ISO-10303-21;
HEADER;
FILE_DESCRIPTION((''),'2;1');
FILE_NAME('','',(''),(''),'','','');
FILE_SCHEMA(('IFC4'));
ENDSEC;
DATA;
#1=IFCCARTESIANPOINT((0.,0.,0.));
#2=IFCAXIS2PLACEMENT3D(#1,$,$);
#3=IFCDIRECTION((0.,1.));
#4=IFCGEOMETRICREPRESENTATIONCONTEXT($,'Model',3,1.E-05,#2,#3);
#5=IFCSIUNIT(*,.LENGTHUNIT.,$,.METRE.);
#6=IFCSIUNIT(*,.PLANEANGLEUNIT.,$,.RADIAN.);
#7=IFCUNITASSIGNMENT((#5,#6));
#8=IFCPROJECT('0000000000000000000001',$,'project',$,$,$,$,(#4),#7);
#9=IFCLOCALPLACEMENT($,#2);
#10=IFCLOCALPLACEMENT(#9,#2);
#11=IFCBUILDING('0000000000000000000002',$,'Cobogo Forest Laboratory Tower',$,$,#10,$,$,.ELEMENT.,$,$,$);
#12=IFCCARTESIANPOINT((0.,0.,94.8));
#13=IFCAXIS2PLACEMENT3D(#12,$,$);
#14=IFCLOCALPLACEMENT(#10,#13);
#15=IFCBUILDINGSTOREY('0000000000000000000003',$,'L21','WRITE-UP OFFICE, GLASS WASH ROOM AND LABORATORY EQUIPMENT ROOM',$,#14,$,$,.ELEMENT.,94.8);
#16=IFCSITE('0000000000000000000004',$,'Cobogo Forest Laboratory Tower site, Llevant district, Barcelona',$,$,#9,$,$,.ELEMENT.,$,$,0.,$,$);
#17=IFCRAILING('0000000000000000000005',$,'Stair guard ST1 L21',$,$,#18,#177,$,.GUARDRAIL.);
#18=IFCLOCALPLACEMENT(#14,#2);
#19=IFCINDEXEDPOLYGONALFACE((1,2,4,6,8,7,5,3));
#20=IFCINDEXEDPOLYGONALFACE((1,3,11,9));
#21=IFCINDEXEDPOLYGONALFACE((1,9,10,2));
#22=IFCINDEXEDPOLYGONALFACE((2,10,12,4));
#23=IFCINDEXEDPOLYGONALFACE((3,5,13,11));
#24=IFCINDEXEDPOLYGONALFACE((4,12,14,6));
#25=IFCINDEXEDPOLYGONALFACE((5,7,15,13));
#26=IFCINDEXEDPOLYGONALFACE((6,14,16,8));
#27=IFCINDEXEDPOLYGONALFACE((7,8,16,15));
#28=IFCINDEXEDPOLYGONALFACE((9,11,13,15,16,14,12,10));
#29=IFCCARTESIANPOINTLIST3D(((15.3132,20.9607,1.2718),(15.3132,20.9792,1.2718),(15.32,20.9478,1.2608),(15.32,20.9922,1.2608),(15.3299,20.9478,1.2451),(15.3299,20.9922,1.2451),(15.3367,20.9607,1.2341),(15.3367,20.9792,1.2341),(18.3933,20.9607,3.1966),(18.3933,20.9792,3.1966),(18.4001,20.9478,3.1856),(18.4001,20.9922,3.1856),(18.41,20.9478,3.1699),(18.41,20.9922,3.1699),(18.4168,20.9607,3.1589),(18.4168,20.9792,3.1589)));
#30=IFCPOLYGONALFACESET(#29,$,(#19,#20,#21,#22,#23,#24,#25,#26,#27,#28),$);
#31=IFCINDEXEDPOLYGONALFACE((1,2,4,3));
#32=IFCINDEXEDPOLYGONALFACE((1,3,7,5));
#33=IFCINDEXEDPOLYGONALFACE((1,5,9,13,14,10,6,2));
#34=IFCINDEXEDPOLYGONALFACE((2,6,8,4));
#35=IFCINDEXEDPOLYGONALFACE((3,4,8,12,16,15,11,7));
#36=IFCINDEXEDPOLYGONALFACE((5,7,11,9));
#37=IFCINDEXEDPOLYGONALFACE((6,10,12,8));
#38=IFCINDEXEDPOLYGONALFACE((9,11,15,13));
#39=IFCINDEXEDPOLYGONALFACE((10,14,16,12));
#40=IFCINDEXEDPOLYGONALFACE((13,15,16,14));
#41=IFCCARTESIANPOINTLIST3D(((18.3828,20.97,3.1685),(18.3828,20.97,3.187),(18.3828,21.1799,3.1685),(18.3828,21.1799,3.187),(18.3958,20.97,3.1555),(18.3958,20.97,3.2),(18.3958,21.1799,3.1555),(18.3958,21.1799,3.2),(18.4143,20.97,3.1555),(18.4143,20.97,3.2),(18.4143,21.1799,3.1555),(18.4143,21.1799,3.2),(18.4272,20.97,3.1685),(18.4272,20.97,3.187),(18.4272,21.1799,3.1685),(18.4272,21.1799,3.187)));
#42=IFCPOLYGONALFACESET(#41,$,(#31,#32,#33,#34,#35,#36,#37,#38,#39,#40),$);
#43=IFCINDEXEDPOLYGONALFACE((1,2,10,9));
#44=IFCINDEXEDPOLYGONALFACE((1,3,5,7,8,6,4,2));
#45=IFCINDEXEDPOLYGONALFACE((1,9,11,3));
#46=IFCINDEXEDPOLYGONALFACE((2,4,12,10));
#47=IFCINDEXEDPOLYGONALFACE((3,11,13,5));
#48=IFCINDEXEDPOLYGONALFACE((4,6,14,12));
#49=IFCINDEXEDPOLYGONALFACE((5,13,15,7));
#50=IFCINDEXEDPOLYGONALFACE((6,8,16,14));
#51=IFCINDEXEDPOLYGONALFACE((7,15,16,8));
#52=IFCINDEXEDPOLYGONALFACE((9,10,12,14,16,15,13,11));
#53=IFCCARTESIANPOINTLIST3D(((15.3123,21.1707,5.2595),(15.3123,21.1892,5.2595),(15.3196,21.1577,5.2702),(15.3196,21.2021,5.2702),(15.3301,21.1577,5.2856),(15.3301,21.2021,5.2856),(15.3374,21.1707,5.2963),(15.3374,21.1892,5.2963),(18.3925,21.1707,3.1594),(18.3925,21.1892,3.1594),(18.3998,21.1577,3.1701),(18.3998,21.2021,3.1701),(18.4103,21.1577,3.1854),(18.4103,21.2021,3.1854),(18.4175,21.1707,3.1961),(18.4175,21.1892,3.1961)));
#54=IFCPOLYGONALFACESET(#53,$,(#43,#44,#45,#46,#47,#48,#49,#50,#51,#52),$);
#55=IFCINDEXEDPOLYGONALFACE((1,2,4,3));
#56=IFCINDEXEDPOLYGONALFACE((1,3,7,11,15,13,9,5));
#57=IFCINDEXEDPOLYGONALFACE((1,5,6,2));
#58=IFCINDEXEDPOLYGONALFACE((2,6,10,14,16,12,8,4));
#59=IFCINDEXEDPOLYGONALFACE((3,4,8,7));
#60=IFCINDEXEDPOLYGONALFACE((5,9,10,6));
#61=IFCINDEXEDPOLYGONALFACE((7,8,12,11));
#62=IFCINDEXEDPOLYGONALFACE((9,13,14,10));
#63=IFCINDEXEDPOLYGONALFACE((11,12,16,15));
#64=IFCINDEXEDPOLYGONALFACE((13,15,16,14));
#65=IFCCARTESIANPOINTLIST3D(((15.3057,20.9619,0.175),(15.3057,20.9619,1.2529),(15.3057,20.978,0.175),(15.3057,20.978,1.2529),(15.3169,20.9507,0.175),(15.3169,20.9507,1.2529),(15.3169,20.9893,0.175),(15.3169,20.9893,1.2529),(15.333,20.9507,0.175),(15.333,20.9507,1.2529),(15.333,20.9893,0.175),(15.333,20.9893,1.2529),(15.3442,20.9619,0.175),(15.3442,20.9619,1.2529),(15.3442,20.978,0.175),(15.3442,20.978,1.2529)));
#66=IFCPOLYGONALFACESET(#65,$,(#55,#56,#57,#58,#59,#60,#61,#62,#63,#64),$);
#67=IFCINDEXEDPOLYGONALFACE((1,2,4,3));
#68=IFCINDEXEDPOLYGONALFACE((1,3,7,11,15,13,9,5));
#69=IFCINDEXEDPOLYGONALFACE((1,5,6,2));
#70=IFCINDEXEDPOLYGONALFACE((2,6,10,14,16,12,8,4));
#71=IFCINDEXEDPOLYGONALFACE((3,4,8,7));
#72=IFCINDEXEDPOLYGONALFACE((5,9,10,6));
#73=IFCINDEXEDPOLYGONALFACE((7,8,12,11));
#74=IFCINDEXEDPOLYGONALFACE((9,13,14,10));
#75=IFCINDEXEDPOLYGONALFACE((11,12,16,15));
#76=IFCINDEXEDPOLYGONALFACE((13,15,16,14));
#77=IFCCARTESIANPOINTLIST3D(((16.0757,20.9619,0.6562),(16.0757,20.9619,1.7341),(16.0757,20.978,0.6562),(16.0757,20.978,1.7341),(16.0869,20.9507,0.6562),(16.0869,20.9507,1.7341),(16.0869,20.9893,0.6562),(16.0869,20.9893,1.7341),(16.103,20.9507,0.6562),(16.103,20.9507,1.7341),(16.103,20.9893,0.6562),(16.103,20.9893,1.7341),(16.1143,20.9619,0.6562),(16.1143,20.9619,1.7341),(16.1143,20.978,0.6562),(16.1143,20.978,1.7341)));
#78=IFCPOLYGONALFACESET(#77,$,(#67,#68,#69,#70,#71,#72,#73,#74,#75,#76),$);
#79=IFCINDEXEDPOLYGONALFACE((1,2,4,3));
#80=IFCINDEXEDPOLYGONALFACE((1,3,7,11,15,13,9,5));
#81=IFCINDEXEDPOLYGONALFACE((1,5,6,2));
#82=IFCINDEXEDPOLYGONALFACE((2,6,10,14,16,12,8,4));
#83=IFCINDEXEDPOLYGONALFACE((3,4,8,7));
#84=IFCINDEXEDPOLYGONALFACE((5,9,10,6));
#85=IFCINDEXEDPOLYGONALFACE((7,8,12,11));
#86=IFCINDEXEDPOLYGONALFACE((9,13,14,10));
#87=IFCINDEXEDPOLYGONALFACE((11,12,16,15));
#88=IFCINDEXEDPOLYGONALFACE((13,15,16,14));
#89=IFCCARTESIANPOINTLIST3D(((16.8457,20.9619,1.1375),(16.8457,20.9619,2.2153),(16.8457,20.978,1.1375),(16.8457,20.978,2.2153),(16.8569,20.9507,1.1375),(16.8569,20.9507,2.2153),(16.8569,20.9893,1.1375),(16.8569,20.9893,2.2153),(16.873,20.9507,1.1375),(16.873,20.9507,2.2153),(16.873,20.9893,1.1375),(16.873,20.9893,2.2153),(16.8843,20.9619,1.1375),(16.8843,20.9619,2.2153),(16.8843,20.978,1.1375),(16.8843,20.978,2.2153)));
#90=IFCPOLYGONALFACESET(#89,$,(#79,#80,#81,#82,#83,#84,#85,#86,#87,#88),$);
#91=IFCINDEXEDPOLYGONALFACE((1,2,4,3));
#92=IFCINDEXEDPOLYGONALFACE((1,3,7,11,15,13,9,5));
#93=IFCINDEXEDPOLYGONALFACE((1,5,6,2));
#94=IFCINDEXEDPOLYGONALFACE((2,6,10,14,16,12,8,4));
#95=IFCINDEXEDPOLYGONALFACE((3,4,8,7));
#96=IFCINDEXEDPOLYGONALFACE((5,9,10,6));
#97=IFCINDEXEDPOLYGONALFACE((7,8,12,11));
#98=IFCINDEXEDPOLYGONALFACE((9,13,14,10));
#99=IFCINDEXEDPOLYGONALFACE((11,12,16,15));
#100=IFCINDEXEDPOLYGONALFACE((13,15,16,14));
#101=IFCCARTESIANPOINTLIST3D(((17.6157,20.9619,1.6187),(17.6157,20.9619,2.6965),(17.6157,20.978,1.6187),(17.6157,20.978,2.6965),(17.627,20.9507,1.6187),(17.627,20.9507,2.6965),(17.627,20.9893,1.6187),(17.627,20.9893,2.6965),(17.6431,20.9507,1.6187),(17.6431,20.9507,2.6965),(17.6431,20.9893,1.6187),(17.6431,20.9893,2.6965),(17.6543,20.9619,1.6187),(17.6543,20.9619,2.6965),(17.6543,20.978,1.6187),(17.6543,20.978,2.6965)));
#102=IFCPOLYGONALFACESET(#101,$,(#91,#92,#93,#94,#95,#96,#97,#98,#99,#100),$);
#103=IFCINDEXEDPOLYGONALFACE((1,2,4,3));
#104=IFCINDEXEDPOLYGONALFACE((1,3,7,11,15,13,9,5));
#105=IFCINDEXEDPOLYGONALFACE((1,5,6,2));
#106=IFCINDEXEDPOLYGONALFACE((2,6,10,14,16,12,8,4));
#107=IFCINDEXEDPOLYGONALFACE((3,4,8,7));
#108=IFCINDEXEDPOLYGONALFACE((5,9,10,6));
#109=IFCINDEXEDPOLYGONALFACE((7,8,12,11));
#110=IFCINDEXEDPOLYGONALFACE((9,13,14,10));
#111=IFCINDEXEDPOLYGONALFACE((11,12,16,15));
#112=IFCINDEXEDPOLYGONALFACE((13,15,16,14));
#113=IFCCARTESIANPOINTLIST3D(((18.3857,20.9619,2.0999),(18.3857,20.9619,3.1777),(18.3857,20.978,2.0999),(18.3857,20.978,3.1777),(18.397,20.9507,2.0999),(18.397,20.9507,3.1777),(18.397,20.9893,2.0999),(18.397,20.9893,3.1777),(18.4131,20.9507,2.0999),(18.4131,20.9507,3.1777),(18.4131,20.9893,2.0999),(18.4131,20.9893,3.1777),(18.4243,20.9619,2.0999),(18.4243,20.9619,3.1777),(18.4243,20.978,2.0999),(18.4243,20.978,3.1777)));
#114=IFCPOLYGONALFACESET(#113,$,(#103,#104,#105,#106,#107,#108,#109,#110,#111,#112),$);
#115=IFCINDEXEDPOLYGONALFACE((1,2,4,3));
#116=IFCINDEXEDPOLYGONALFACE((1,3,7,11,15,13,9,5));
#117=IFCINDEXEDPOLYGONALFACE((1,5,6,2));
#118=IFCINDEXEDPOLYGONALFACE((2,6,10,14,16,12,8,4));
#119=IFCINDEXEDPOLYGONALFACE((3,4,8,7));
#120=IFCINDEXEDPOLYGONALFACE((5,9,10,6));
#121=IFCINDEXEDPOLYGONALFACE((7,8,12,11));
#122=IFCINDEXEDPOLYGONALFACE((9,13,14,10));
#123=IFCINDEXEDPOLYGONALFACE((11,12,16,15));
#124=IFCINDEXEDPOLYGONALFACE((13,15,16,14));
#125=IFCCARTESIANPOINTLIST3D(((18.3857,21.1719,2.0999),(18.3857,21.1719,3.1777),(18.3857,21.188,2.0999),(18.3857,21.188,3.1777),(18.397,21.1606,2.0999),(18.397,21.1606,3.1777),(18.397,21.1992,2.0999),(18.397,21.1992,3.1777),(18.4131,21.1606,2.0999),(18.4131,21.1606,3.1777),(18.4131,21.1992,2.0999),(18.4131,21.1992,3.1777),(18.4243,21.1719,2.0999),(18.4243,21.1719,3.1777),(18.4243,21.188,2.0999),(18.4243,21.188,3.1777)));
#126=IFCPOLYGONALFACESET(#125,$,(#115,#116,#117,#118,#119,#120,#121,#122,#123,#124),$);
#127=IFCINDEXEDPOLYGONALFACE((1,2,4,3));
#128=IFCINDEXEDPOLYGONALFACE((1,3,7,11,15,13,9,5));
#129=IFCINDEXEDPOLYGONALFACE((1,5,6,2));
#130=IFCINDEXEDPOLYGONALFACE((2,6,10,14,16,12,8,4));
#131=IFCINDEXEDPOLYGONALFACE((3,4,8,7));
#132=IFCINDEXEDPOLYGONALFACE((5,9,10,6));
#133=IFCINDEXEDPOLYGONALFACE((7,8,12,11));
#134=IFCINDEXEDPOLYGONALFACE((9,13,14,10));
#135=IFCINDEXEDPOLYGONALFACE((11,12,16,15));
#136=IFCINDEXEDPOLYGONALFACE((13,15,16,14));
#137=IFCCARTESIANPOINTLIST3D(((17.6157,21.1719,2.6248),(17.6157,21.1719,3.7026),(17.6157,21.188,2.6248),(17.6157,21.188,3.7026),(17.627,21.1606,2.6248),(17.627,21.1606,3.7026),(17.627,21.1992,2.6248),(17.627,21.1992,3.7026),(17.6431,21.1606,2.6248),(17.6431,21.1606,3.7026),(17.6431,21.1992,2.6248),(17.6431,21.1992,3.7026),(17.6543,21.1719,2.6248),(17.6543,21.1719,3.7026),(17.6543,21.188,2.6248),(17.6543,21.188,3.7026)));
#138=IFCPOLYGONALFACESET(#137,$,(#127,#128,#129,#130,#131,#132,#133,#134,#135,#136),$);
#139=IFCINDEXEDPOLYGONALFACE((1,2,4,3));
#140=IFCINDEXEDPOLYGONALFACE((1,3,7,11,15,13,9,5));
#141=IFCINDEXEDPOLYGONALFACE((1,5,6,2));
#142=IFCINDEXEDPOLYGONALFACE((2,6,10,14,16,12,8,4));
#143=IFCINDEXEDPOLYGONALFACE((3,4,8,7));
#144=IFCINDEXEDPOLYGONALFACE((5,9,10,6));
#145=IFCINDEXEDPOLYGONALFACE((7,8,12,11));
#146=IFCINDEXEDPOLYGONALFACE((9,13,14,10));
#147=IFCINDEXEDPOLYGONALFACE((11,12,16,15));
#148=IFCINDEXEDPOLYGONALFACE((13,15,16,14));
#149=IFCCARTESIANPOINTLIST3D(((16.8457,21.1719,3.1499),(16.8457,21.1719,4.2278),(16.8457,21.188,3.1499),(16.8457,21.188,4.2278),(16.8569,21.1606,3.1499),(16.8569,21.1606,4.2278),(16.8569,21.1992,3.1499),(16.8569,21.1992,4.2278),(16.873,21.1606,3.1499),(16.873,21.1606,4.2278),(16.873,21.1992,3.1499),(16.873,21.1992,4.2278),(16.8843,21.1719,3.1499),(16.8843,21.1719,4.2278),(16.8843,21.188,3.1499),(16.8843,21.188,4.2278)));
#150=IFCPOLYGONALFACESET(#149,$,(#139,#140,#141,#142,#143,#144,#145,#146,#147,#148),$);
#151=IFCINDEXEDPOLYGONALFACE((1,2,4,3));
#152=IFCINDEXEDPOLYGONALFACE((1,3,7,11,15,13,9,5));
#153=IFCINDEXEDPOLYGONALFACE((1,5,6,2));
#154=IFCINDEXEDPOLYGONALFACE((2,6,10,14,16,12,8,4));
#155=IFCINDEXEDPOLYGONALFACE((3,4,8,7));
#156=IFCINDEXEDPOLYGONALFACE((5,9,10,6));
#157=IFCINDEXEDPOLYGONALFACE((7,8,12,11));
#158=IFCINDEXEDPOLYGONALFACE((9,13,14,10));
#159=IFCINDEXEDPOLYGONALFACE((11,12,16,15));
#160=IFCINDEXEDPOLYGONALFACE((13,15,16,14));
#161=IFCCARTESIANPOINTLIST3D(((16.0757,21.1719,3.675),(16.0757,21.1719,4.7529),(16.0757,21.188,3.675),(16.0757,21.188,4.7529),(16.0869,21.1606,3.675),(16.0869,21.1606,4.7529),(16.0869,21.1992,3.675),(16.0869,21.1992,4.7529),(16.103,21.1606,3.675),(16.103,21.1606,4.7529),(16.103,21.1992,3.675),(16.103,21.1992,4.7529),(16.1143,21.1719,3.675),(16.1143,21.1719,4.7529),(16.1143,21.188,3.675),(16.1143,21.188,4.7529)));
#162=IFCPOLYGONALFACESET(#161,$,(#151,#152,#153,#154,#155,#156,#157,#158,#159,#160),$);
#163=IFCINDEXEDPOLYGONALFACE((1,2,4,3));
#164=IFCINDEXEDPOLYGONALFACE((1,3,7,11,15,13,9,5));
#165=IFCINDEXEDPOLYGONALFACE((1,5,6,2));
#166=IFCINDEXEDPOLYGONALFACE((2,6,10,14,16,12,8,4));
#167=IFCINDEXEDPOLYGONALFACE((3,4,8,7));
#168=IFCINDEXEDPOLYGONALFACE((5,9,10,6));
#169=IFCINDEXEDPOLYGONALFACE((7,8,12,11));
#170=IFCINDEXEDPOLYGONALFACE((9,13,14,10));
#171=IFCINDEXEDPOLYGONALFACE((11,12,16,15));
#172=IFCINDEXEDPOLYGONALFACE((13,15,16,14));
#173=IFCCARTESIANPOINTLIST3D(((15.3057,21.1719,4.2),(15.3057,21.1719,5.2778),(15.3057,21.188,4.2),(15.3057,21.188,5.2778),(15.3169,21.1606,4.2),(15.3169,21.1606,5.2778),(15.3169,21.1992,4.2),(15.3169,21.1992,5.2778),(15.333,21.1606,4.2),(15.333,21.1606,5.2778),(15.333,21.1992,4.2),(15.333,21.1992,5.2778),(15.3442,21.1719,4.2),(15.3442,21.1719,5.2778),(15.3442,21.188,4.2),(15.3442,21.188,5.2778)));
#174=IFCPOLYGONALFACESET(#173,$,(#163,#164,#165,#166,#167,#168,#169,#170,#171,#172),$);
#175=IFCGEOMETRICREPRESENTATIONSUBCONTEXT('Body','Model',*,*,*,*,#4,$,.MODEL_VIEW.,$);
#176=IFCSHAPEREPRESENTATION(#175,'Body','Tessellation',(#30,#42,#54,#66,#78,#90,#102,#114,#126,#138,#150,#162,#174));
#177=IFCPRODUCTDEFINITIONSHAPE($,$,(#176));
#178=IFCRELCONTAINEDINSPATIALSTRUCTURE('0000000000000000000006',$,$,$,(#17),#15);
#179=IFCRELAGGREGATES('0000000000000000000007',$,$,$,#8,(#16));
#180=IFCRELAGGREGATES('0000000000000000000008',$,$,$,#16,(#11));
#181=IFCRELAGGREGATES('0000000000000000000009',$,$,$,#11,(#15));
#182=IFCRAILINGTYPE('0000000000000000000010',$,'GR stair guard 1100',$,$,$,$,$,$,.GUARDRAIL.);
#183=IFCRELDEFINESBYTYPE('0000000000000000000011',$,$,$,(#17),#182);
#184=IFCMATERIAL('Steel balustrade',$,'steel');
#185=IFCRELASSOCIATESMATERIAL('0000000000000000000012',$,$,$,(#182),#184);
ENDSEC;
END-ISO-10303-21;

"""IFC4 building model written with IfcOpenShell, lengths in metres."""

from ifc_helpers import new_model, si_unit, direction, frame, origin, place, context, subcontext, project, spatial, polyline, outline, extrude, material, type_object, element, save


model = new_model("IFC4")

# Units and contexts
model_context = context("Model", 3, precision=1e-05, world=origin(), true_north=direction((0.0, 1.0)))
body_context = subcontext(model_context, "Body", "Model", "MODEL_VIEW")
ifc_project = project(units=[si_unit("LENGTHUNIT", "METRE"), si_unit("PLANEANGLEUNIT", "RADIAN")], contexts=[model_context])

# Site, building, storey
site_placement = place(None, origin())
site = spatial("IfcSite", under=ifc_project, at=site_placement, Name="Cobogo Forest Laboratory Tower site, Llevant district, Barcelona", CompositionType="ELEMENT", RefElevation=0.0)
building_placement = place(site_placement, origin())
building = spatial("IfcBuilding", under=site, at=building_placement, Name="Cobogo Forest Laboratory Tower", CompositionType="ELEMENT")
storey_placement = place(building_placement, frame((0.0, 0.0, 94.8)))
storey = spatial("IfcBuildingStorey", under=building, at=storey_placement, Name="L21", Description="WRITE-UP OFFICE, GLASS WASH ROOM AND LABORATORY EQUIPMENT ROOM", CompositionType="ELEMENT", Elevation=94.8)

# Railing
ifc_material_1 = material(Name="Steel balustrade", Category="steel")
railing_type = type_object("IfcRailingType", Name="GR stair guard 1100", PredefinedType="GUARDRAIL", material=ifc_material_1)
railing_placement = place(storey_placement, frame((15.325, 20.97, 0.175)))
element("IfcRailing", 1, at=railing_placement, inside=storey, type_object=railing_type, Name="Stair guard ST1 L21", PredefinedType="GUARDRAIL", context=body_context, shape_type="SweptSolid", body=[
    extrude(outline(polyline([(0.0222, 0.0093), (0.0093, 0.0222), (-0.0093, 0.0222), (-0.0222, 0.0093), (-0.0222, -0.0093), (-0.0093, -0.0222), (0.0093, -0.0222), (0.0222, -0.0093), (0.0222, 0.0093)])), frame((0.0, 0.0, 1.0779), z_axis=(0.848029, 0.0, 0.529951), x_axis=(0.0, 1.0, 0.0)), (0.0, 0.0, 1.0), 3.6321),
    extrude(outline(polyline([(0.0222, 0.0093), (0.0093, 0.0222), (-0.0093, 0.0222), (-0.0222, 0.0093), (-0.0222, -0.0093), (-0.0093, -0.0222), (0.0093, -0.0222), (0.0222, -0.0093), (0.0222, 0.0093)])), frame((3.0801, 0.0, 3.0027), z_axis=(0.0, 1.0, 0.0), x_axis=(-1.0, 0.0, 0.0)), (0.0, 0.0, 1.0), 0.21),
    extrude(outline(polyline([(0.0222, 0.0093), (0.0093, 0.0222), (-0.0093, 0.0222), (-0.0222, 0.0093), (-0.0222, -0.0093), (-0.0093, -0.0222), (0.0093, -0.0222), (0.0222, -0.0093), (0.0222, 0.0093)])), frame((3.0801, 0.21, 3.0027), z_axis=(-0.826222, 0.0, 0.563345), x_axis=(0.0, -1.0, 0.0)), (0.0, 0.0, 1.0), 3.728),
    extrude(outline(polyline([(0.0193, 0.0081), (0.0081, 0.0193), (-0.0081, 0.0193), (-0.0193, 0.0081), (-0.0193, -0.0081), (-0.0081, -0.0193), (0.0081, -0.0193), (0.0193, -0.0081), (0.0193, 0.0081)])), origin(), (0.0, 0.0, 1.0), 1.0779),
    extrude(outline(polyline([(0.0193, 0.0081), (0.0081, 0.0193), (-0.0081, 0.0193), (-0.0193, 0.0081), (-0.0193, -0.0081), (-0.0081, -0.0193), (0.0081, -0.0193), (0.0193, -0.0081), (0.0193, 0.0081)])), frame((0.77, 0.0, 0.4812)), (0.0, 0.0, 1.0), 1.0779),
    extrude(outline(polyline([(0.0193, 0.0081), (0.0081, 0.0193), (-0.0081, 0.0193), (-0.0193, 0.0081), (-0.0193, -0.0081), (-0.0081, -0.0193), (0.0081, -0.0193), (0.0193, -0.0081), (0.0193, 0.0081)])), frame((1.54, 0.0, 0.9624)), (0.0, 0.0, 1.0), 1.0779),
    extrude(outline(polyline([(0.0193, 0.0081), (0.0081, 0.0193), (-0.0081, 0.0193), (-0.0193, 0.0081), (-0.0193, -0.0081), (-0.0081, -0.0193), (0.0081, -0.0193), (0.0193, -0.0081), (0.0193, 0.0081)])), frame((2.3101, 0.0, 1.4436)), (0.0, 0.0, 1.0), 1.0779),
    extrude(outline(polyline([(0.0193, 0.0081), (0.0081, 0.0193), (-0.0081, 0.0193), (-0.0193, 0.0081), (-0.0193, -0.0081), (-0.0081, -0.0193), (0.0081, -0.0193), (0.0193, -0.0081), (0.0193, 0.0081)])), frame((3.0801, 0.0, 1.9248)), (0.0, 0.0, 1.0), 1.0779),
    extrude(outline(polyline([(0.0193, 0.0081), (0.0081, 0.0193), (-0.0081, 0.0193), (-0.0193, 0.0081), (-0.0193, -0.0081), (-0.0081, -0.0193), (0.0081, -0.0193), (0.0193, -0.0081), (0.0193, 0.0081)])), frame((3.0801, 0.21, 1.9248)), (0.0, 0.0, 1.0), 1.0779),
    extrude(outline(polyline([(0.0193, 0.0081), (0.0081, 0.0193), (-0.0081, 0.0193), (-0.0193, 0.0081), (-0.0193, -0.0081), (-0.0081, -0.0193), (0.0081, -0.0193), (0.0193, -0.0081), (0.0193, 0.0081)])), frame((2.3101, 0.21, 2.4497)), (0.0, 0.0, 1.0), 1.0779),
    extrude(outline(polyline([(0.0193, 0.0081), (0.0081, 0.0193), (-0.0081, 0.0193), (-0.0193, 0.0081), (-0.0193, -0.0081), (-0.0081, -0.0193), (0.0081, -0.0193), (0.0193, -0.0081), (0.0193, 0.0081)])), frame((1.54, 0.21, 2.9749)), (0.0, 0.0, 1.0), 1.0779),
    extrude(outline(polyline([(0.0193, 0.0081), (0.0081, 0.0193), (-0.0081, 0.0193), (-0.0193, 0.0081), (-0.0193, -0.0081), (-0.0081, -0.0193), (0.0081, -0.0193), (0.0193, -0.0081), (0.0193, 0.0081)])), frame((0.77, 0.21, 3.5)), (0.0, 0.0, 1.0), 1.0779),
    extrude(outline(polyline([(0.0193, 0.0081), (0.0081, 0.0193), (-0.0081, 0.0193), (-0.0193, 0.0081), (-0.0193, -0.0081), (-0.0081, -0.0193), (0.0081, -0.0193), (0.0193, -0.0081), (0.0193, 0.0081)])), frame((0.0, 0.21, 4.0249)), (0.0, 0.0, 1.0), 1.0779),
])

save(model, "model.ifc")
